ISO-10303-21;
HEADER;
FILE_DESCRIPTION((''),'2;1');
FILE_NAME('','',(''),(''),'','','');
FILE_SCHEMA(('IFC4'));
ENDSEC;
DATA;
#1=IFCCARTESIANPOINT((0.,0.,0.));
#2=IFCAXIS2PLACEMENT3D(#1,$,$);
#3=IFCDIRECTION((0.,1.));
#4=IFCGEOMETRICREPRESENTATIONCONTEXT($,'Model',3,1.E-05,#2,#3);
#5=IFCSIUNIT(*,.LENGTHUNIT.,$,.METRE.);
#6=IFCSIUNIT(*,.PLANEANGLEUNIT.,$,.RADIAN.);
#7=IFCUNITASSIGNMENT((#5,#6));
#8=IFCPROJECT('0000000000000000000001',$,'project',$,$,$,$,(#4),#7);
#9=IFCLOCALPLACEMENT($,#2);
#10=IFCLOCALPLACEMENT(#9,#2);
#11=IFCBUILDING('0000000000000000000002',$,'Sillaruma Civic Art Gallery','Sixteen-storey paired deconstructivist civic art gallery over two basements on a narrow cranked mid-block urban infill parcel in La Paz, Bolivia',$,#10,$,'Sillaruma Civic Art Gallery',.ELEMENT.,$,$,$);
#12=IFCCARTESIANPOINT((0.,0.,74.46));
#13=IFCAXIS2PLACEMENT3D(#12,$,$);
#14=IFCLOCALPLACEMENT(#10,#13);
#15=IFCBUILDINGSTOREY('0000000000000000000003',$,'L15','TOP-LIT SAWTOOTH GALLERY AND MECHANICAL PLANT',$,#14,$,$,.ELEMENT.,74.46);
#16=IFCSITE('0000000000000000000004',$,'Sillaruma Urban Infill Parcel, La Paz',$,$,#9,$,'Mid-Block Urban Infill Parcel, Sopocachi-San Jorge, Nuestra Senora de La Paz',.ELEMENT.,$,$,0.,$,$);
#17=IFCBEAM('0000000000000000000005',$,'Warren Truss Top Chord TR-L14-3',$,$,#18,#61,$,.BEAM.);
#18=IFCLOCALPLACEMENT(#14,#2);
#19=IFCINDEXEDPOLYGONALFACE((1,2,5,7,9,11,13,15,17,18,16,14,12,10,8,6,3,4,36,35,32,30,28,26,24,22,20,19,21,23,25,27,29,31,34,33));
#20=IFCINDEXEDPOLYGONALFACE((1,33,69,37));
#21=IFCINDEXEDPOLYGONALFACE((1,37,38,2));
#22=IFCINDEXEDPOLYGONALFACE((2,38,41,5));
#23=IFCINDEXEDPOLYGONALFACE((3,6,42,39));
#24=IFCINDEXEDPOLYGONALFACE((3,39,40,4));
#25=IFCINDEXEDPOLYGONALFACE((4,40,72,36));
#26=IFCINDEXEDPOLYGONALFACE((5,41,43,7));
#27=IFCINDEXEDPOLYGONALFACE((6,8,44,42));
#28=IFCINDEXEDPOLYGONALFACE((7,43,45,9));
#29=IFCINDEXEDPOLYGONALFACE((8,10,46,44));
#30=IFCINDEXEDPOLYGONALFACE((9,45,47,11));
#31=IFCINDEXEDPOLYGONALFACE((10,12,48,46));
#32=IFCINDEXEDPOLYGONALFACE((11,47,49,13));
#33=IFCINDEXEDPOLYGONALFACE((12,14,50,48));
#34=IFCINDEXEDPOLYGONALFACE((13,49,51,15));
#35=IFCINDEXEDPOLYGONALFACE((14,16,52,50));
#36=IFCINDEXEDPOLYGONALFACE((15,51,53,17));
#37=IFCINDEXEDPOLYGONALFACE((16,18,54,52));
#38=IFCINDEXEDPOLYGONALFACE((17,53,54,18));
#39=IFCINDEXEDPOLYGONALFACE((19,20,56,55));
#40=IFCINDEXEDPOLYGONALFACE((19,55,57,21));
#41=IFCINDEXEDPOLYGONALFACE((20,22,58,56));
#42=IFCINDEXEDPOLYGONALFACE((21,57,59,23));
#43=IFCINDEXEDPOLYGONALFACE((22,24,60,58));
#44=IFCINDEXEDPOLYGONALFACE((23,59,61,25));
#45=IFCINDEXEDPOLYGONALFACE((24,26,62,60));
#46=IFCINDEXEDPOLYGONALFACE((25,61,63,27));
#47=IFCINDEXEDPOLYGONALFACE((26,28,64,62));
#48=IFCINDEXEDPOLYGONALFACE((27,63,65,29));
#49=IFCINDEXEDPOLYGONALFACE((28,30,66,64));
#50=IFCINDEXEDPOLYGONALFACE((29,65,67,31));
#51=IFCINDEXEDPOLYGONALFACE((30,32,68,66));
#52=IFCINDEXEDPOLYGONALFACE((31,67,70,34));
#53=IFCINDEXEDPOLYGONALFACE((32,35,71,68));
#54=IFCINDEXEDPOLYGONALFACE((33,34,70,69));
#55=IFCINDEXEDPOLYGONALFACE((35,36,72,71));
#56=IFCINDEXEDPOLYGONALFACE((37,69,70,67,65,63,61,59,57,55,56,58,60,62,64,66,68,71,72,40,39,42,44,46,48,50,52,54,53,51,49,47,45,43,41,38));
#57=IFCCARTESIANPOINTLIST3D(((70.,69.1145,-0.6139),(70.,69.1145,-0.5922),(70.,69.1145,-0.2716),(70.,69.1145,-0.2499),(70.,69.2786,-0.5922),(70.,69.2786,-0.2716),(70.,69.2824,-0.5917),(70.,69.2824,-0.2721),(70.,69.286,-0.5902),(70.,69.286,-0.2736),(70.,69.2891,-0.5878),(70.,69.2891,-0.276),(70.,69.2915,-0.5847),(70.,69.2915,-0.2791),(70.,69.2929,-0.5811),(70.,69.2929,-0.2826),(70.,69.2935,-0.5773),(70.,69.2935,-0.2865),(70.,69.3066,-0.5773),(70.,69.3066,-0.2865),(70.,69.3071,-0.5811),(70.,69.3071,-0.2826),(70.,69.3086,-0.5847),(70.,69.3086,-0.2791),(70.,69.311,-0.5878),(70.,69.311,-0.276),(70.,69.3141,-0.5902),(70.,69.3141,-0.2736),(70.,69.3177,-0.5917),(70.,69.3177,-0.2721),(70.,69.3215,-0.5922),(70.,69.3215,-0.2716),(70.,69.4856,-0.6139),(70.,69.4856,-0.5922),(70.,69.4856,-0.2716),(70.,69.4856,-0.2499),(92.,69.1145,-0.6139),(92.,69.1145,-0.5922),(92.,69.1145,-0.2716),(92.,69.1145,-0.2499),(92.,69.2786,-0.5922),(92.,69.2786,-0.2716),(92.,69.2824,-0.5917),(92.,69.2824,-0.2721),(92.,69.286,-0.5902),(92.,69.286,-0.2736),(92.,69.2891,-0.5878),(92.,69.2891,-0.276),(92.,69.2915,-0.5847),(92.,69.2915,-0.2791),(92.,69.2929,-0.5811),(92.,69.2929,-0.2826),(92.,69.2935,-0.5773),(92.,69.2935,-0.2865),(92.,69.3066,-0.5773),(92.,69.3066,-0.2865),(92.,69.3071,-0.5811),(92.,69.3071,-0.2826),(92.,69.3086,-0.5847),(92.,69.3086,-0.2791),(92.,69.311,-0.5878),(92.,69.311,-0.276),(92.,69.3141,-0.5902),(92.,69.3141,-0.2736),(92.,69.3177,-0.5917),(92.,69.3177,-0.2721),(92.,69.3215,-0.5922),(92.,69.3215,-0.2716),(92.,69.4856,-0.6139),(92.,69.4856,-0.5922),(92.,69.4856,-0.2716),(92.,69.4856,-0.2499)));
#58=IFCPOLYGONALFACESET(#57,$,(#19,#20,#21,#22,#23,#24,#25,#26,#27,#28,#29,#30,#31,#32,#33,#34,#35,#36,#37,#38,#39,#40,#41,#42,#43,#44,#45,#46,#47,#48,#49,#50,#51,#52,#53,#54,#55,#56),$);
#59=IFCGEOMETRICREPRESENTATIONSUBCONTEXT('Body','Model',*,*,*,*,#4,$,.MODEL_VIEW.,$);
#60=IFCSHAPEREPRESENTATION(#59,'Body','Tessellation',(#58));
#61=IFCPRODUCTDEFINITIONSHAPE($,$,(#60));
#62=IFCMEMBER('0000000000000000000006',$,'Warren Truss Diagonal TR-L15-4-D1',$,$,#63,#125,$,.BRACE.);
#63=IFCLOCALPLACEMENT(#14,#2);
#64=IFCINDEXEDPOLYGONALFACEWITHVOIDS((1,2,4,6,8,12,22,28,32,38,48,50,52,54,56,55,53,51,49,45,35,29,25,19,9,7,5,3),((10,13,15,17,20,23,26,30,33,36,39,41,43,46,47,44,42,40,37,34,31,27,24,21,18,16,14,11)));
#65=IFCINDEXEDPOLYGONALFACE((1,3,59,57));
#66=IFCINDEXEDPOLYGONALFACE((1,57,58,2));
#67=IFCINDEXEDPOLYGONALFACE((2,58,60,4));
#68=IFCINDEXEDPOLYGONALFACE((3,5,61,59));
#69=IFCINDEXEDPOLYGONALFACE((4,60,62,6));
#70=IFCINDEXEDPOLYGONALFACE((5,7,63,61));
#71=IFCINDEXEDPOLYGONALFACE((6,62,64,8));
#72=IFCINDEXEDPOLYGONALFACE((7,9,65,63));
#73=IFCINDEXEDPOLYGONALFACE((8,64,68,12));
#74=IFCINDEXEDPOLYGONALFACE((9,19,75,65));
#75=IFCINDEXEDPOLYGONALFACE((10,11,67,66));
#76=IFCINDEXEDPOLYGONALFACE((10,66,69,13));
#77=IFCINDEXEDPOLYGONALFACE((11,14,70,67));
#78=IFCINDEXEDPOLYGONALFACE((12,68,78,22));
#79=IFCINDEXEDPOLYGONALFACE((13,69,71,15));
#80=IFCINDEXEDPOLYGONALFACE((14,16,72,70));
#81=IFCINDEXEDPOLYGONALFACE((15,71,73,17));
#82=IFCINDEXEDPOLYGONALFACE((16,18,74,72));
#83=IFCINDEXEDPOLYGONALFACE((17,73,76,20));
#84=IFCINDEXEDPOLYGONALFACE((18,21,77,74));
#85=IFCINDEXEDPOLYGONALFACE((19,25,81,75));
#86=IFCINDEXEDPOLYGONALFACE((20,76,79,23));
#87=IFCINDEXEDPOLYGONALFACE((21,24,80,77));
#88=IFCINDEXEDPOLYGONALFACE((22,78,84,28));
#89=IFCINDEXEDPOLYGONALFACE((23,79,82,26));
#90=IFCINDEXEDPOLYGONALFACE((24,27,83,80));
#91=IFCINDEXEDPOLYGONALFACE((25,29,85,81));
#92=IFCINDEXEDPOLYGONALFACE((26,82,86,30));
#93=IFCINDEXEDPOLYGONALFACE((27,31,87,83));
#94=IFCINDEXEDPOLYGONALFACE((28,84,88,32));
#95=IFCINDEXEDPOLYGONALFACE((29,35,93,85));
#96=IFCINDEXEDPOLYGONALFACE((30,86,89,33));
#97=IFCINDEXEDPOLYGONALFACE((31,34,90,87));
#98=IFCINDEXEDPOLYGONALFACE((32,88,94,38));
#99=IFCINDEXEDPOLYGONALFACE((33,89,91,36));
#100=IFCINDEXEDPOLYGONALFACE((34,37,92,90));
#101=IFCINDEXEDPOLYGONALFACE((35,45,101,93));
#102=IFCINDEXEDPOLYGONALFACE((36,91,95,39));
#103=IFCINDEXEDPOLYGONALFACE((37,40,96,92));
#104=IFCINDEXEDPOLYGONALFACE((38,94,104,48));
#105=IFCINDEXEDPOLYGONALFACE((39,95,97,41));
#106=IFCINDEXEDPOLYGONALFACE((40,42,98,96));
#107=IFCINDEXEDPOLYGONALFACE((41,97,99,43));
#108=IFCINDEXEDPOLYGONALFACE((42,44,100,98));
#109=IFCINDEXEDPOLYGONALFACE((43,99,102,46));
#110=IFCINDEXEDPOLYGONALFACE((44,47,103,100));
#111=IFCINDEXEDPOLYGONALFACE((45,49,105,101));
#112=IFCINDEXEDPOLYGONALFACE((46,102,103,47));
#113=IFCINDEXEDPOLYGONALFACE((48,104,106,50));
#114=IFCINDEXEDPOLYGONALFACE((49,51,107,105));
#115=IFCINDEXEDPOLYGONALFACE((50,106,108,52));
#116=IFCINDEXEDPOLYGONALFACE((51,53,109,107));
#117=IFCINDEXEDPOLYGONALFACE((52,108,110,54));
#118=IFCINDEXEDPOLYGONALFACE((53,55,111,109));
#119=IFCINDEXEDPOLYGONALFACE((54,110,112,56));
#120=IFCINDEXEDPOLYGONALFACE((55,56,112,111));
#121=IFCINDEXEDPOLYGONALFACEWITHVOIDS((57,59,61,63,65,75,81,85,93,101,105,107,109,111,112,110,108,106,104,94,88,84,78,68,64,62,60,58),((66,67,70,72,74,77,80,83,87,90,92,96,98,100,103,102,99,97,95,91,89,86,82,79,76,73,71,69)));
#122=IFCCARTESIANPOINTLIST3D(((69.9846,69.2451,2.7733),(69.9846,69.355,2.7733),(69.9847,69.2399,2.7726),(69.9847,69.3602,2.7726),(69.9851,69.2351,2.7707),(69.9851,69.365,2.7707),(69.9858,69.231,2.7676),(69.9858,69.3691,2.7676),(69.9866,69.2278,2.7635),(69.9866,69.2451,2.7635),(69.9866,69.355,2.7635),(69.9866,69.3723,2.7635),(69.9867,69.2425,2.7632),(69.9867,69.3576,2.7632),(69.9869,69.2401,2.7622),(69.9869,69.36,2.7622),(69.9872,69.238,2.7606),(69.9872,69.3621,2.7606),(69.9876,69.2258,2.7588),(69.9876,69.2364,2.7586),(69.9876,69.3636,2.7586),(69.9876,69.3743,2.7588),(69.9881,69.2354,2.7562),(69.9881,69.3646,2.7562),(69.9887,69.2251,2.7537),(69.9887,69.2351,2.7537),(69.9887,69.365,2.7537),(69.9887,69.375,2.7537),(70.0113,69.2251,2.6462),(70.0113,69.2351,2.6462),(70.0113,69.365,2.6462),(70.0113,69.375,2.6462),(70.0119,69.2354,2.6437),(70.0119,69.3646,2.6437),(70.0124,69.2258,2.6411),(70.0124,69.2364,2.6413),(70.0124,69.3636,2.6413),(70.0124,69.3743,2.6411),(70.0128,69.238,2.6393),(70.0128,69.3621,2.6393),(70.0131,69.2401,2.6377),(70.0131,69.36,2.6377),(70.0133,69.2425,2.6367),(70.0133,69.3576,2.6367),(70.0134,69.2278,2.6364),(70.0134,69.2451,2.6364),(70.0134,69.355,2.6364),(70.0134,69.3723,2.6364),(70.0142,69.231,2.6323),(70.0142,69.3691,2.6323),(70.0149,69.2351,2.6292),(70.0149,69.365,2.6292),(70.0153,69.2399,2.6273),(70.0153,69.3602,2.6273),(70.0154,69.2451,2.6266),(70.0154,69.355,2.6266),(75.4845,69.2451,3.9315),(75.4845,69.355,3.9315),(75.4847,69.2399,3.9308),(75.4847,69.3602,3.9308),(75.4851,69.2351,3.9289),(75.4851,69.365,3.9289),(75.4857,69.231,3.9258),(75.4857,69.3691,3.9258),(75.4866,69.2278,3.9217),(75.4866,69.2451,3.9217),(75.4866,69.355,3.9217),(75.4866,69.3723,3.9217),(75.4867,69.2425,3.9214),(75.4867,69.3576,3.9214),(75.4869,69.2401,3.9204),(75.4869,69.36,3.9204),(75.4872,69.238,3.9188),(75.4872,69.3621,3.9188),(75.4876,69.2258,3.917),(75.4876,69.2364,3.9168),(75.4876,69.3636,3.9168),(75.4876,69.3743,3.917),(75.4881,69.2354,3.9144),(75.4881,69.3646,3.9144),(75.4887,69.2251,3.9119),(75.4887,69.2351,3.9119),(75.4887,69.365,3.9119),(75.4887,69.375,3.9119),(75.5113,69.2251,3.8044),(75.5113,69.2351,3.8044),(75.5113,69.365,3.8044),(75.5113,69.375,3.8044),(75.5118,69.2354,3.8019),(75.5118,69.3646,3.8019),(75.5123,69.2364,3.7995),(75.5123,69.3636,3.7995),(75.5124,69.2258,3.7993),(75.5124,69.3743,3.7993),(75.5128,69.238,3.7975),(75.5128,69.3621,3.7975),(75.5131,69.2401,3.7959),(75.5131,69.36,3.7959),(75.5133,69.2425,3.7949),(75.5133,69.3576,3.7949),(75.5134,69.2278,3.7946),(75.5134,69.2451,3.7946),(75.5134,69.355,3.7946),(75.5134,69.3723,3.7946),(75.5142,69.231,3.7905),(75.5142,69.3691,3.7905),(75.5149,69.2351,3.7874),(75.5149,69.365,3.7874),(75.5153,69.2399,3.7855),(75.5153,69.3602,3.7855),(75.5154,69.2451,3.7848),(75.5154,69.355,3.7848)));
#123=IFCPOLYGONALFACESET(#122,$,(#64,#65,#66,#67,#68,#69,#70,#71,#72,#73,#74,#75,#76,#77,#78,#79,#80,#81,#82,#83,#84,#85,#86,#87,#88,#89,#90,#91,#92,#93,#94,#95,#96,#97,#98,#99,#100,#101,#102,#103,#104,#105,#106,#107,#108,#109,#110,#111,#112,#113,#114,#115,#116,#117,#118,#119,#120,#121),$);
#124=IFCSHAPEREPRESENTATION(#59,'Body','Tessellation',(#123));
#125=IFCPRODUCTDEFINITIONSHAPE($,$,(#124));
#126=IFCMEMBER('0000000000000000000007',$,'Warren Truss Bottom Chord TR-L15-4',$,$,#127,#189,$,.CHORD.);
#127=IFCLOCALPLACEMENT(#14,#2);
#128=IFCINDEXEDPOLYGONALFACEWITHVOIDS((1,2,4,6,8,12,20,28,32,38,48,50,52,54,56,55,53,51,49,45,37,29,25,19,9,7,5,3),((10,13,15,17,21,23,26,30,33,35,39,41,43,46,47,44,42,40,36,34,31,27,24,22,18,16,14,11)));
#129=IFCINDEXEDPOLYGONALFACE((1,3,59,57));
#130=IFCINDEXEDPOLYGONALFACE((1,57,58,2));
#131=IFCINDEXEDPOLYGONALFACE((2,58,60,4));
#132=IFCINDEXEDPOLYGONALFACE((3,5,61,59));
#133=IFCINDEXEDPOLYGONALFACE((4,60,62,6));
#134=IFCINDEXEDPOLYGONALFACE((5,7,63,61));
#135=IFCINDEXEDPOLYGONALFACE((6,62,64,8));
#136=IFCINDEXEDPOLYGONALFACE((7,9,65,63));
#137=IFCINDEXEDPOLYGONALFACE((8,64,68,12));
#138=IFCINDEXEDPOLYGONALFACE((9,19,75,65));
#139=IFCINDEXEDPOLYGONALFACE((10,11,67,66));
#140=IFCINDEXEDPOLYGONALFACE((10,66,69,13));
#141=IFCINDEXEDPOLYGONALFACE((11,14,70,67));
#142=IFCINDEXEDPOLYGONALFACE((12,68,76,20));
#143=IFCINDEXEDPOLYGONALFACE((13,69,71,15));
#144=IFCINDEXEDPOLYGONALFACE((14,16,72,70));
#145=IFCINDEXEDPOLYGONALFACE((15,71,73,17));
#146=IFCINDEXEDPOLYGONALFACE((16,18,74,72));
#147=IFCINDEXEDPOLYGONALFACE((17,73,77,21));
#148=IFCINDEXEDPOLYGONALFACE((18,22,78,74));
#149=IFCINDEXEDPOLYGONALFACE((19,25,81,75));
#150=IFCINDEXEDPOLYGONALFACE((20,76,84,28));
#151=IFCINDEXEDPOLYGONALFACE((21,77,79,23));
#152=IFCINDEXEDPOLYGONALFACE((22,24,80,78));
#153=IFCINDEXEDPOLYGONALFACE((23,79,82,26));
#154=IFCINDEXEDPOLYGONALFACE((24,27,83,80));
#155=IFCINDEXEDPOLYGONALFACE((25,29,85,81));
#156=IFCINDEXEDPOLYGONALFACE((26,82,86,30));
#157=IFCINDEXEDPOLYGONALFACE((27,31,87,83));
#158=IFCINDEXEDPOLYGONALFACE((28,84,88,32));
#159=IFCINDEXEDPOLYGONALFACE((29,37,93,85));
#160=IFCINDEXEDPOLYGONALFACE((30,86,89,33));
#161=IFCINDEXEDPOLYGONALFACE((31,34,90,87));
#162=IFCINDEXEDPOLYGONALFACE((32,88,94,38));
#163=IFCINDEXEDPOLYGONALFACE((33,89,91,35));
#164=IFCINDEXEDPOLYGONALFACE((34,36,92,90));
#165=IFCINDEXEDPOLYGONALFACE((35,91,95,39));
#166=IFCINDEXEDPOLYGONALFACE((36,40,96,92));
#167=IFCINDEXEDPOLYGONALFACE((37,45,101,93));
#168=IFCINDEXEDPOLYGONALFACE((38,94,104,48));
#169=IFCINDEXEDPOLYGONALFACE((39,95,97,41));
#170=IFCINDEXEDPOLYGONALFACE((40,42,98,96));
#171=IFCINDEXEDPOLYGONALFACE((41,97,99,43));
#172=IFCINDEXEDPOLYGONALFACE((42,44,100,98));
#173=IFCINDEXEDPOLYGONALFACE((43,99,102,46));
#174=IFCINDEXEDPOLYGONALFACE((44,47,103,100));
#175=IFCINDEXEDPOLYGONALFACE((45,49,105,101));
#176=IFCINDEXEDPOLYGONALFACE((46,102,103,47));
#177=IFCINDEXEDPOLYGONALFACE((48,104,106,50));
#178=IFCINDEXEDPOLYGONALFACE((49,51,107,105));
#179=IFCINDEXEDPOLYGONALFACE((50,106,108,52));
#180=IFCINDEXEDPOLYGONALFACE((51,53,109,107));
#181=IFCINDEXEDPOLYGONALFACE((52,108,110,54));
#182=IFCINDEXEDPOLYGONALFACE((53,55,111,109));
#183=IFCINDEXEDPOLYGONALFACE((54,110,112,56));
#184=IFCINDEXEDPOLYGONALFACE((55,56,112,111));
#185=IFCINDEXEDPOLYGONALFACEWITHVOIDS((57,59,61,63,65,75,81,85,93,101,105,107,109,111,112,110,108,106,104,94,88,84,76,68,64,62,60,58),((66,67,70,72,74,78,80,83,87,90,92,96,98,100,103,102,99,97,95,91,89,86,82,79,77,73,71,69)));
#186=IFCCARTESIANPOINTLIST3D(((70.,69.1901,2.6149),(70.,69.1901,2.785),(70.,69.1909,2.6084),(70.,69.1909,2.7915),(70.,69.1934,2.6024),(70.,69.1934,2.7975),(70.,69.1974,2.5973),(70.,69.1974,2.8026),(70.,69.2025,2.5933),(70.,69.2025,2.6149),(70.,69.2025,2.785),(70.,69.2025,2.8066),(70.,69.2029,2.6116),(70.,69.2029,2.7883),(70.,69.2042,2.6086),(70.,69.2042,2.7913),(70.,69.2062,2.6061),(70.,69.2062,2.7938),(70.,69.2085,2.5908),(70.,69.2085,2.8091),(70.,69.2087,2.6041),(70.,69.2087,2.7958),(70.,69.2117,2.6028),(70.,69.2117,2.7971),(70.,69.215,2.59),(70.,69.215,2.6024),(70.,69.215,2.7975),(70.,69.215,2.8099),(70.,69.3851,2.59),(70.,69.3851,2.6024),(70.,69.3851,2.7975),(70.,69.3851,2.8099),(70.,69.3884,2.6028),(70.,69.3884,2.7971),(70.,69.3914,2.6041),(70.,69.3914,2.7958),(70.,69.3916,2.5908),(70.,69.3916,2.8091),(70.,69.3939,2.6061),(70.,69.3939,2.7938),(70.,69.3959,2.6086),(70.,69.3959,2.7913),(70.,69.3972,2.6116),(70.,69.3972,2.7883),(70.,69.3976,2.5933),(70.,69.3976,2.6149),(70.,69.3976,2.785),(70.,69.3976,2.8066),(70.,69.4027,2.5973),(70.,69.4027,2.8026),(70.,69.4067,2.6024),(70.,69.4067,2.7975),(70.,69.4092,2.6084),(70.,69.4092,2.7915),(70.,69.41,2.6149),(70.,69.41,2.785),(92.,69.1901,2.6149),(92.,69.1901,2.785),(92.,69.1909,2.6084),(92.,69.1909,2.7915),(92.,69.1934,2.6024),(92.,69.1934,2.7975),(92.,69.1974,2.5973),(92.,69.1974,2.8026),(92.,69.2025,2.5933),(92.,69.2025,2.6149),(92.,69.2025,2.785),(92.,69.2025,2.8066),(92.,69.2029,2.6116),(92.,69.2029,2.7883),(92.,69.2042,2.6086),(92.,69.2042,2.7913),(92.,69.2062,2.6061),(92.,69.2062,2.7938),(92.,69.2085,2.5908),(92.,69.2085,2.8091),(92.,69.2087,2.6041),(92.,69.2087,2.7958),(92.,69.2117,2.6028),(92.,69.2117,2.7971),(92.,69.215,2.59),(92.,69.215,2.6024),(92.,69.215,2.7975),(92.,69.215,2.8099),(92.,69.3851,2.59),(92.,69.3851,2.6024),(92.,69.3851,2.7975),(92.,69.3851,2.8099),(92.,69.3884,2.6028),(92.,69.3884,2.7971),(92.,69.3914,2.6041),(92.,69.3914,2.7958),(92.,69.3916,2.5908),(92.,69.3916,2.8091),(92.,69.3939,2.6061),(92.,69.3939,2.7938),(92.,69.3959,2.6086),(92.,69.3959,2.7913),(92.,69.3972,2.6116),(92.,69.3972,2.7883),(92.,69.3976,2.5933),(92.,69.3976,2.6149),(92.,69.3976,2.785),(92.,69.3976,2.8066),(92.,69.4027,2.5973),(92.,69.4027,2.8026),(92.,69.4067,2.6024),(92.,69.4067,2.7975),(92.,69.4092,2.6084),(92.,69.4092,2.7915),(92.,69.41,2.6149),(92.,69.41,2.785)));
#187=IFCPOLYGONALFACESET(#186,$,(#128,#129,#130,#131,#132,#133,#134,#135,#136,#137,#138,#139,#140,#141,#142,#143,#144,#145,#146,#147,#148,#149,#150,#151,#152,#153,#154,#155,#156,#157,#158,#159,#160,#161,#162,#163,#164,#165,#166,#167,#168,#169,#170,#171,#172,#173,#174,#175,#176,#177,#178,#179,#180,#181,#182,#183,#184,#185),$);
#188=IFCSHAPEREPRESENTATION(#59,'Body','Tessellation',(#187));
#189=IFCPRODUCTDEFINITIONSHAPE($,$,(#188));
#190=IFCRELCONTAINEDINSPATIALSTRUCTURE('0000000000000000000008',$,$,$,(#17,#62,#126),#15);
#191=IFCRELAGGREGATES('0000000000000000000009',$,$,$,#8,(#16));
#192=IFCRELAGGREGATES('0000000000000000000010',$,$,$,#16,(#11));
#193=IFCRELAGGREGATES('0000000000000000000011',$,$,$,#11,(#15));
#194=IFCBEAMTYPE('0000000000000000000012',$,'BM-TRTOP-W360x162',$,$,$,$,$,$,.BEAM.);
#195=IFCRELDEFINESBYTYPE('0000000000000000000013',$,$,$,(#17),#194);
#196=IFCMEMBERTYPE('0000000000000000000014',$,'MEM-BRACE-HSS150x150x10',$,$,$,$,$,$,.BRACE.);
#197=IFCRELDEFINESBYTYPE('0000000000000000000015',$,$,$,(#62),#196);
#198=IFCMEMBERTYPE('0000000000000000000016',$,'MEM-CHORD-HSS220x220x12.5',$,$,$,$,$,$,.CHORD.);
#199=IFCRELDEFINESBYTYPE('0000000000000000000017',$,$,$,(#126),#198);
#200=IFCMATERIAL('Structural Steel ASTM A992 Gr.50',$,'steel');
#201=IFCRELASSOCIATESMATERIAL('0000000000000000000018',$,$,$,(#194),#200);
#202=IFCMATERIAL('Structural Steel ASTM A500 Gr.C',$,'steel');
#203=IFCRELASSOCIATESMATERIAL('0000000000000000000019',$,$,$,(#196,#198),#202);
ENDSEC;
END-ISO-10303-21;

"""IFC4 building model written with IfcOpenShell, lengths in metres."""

from ifc_helpers import new_model, si_unit, direction, frame, origin, origin_2d, place, context, subcontext, project, spatial, hollow_rectangle, i_section, extrude, material, material_profile, profile_set, type_object, element, save


model = new_model("IFC4")

# Units and contexts
model_context = context("Model", 3, precision=1e-05, world=origin(), true_north=direction((0.0, 1.0)))
body_context = subcontext(model_context, "Body", "Model", "MODEL_VIEW")
ifc_project = project(units=[si_unit("LENGTHUNIT", "METRE"), si_unit("PLANEANGLEUNIT", "RADIAN")], contexts=[model_context])

# Site, building, storey
site_placement = place(None, origin())
site = spatial("IfcSite", under=ifc_project, at=site_placement, Name="Sillaruma Urban Infill Parcel, La Paz", LongName="Mid-Block Urban Infill Parcel, Sopocachi-San Jorge, Nuestra Senora de La Paz", CompositionType="ELEMENT", RefElevation=0.0)
building_placement = place(site_placement, origin())
building = spatial("IfcBuilding", under=site, at=building_placement, Name="Sillaruma Civic Art Gallery", Description="Sixteen-storey paired deconstructivist civic art gallery over two basements on a narrow cranked mid-block urban infill parcel in La Paz, Bolivia", LongName="Sillaruma Civic Art Gallery", CompositionType="ELEMENT")
storey_placement = place(building_placement, frame((0.0, 0.0, 74.46)))
storey = spatial("IfcBuildingStorey", under=building, at=storey_placement, Name="L15", Description="TOP-LIT SAWTOOTH GALLERY AND MECHANICAL PLANT", CompositionType="ELEMENT", Elevation=74.46)

# Beam
ifc_material_1 = material(Name="Structural Steel ASTM A992 Gr.50", Category="steel")
ifc_material_profile_1 = material_profile(ifc_material_1, i_section(OverallWidth=0.3711, OverallDepth=0.364, WebThickness=0.0132, FlangeThickness=0.0217, FilletRadius=0.0149, at=origin_2d()), Name="W360x162")
ifc_profile_set_1 = profile_set([ifc_material_profile_1], Name="Structural Steel ASTM A992 Gr.50")
beam_type_1 = type_object("IfcBeamType", Name="BM-TRTOP-W360x162", PredefinedType="BEAM", material=ifc_profile_set_1)
beam_1_placement = place(storey_placement, frame((70.0, 69.3, -0.4319), z_axis=(1.0, 0.0, 0.0), x_axis=(0.0, 1.0, 0.0)))
element("IfcBeam", 1, at=beam_1_placement, inside=storey, type_object=beam_type_1, Name="Warren Truss Top Chord TR-L14-3", PredefinedType="BEAM", context=body_context, shape_type="SweptSolid", body=[
    extrude(i_section(OverallWidth=0.3711, OverallDepth=0.364, WebThickness=0.0132, FlangeThickness=0.0217, FilletRadius=0.0149, at=origin_2d()), origin(), (0.0, 0.0, 1.0), 22.0),
])

# Members
ifc_material_2 = material(Name="Structural Steel ASTM A500 Gr.C", Category="steel")
ifc_material_profile_2 = material_profile(ifc_material_2, hollow_rectangle(XDim=0.1499, YDim=0.1499, WallThickness=0.01, InnerFilletRadius=0.01, OuterFilletRadius=0.02, at=origin_2d()), Name="HSS150x150x10")
ifc_profile_set_2 = profile_set([ifc_material_profile_2], Name="Structural Steel ASTM A500 Gr.C")
member_type_1 = type_object("IfcMemberType", Name="MEM-BRACE-HSS150x150x10", PredefinedType="BRACE", material=ifc_profile_set_2)
member_1_placement = place(storey_placement, frame((70.0, 69.3, 2.7), z_axis=(0.978539, 0.0, 0.206063), x_axis=(0.0, 1.0, 0.0)))
element("IfcMember", 2, at=member_1_placement, inside=storey, type_object=member_type_1, Name="Warren Truss Diagonal TR-L15-4-D1", PredefinedType="BRACE", context=body_context, shape_type="SweptSolid", body=[
    extrude(hollow_rectangle(XDim=0.1499, YDim=0.1499, WallThickness=0.01, InnerFilletRadius=0.01, OuterFilletRadius=0.02, at=origin_2d()), origin(), (0.0, 0.0, 1.0), 5.6206),
])
ifc_material_profile_3 = material_profile(ifc_material_2, hollow_rectangle(XDim=0.22, YDim=0.22, WallThickness=0.0125, InnerFilletRadius=0.0125, OuterFilletRadius=0.0249, at=origin_2d()), Name="HSS220x220x12.5")
ifc_profile_set_3 = profile_set([ifc_material_profile_3], Name="Structural Steel ASTM A500 Gr.C")
member_type_2 = type_object("IfcMemberType", Name="MEM-CHORD-HSS220x220x12.5", PredefinedType="CHORD", material=ifc_profile_set_3)
member_2_placement = place(storey_placement, frame((70.0, 69.3, 2.7), z_axis=(1.0, 0.0, 0.0), x_axis=(0.0, 1.0, 0.0)))
element("IfcMember", 3, at=member_2_placement, inside=storey, type_object=member_type_2, Name="Warren Truss Bottom Chord TR-L15-4", PredefinedType="CHORD", context=body_context, shape_type="SweptSolid", body=[
    extrude(hollow_rectangle(XDim=0.22, YDim=0.22, WallThickness=0.0125, InnerFilletRadius=0.0125, OuterFilletRadius=0.0249, at=origin_2d()), origin(), (0.0, 0.0, 1.0), 22.0),
])

save(model, "model.ifc")
